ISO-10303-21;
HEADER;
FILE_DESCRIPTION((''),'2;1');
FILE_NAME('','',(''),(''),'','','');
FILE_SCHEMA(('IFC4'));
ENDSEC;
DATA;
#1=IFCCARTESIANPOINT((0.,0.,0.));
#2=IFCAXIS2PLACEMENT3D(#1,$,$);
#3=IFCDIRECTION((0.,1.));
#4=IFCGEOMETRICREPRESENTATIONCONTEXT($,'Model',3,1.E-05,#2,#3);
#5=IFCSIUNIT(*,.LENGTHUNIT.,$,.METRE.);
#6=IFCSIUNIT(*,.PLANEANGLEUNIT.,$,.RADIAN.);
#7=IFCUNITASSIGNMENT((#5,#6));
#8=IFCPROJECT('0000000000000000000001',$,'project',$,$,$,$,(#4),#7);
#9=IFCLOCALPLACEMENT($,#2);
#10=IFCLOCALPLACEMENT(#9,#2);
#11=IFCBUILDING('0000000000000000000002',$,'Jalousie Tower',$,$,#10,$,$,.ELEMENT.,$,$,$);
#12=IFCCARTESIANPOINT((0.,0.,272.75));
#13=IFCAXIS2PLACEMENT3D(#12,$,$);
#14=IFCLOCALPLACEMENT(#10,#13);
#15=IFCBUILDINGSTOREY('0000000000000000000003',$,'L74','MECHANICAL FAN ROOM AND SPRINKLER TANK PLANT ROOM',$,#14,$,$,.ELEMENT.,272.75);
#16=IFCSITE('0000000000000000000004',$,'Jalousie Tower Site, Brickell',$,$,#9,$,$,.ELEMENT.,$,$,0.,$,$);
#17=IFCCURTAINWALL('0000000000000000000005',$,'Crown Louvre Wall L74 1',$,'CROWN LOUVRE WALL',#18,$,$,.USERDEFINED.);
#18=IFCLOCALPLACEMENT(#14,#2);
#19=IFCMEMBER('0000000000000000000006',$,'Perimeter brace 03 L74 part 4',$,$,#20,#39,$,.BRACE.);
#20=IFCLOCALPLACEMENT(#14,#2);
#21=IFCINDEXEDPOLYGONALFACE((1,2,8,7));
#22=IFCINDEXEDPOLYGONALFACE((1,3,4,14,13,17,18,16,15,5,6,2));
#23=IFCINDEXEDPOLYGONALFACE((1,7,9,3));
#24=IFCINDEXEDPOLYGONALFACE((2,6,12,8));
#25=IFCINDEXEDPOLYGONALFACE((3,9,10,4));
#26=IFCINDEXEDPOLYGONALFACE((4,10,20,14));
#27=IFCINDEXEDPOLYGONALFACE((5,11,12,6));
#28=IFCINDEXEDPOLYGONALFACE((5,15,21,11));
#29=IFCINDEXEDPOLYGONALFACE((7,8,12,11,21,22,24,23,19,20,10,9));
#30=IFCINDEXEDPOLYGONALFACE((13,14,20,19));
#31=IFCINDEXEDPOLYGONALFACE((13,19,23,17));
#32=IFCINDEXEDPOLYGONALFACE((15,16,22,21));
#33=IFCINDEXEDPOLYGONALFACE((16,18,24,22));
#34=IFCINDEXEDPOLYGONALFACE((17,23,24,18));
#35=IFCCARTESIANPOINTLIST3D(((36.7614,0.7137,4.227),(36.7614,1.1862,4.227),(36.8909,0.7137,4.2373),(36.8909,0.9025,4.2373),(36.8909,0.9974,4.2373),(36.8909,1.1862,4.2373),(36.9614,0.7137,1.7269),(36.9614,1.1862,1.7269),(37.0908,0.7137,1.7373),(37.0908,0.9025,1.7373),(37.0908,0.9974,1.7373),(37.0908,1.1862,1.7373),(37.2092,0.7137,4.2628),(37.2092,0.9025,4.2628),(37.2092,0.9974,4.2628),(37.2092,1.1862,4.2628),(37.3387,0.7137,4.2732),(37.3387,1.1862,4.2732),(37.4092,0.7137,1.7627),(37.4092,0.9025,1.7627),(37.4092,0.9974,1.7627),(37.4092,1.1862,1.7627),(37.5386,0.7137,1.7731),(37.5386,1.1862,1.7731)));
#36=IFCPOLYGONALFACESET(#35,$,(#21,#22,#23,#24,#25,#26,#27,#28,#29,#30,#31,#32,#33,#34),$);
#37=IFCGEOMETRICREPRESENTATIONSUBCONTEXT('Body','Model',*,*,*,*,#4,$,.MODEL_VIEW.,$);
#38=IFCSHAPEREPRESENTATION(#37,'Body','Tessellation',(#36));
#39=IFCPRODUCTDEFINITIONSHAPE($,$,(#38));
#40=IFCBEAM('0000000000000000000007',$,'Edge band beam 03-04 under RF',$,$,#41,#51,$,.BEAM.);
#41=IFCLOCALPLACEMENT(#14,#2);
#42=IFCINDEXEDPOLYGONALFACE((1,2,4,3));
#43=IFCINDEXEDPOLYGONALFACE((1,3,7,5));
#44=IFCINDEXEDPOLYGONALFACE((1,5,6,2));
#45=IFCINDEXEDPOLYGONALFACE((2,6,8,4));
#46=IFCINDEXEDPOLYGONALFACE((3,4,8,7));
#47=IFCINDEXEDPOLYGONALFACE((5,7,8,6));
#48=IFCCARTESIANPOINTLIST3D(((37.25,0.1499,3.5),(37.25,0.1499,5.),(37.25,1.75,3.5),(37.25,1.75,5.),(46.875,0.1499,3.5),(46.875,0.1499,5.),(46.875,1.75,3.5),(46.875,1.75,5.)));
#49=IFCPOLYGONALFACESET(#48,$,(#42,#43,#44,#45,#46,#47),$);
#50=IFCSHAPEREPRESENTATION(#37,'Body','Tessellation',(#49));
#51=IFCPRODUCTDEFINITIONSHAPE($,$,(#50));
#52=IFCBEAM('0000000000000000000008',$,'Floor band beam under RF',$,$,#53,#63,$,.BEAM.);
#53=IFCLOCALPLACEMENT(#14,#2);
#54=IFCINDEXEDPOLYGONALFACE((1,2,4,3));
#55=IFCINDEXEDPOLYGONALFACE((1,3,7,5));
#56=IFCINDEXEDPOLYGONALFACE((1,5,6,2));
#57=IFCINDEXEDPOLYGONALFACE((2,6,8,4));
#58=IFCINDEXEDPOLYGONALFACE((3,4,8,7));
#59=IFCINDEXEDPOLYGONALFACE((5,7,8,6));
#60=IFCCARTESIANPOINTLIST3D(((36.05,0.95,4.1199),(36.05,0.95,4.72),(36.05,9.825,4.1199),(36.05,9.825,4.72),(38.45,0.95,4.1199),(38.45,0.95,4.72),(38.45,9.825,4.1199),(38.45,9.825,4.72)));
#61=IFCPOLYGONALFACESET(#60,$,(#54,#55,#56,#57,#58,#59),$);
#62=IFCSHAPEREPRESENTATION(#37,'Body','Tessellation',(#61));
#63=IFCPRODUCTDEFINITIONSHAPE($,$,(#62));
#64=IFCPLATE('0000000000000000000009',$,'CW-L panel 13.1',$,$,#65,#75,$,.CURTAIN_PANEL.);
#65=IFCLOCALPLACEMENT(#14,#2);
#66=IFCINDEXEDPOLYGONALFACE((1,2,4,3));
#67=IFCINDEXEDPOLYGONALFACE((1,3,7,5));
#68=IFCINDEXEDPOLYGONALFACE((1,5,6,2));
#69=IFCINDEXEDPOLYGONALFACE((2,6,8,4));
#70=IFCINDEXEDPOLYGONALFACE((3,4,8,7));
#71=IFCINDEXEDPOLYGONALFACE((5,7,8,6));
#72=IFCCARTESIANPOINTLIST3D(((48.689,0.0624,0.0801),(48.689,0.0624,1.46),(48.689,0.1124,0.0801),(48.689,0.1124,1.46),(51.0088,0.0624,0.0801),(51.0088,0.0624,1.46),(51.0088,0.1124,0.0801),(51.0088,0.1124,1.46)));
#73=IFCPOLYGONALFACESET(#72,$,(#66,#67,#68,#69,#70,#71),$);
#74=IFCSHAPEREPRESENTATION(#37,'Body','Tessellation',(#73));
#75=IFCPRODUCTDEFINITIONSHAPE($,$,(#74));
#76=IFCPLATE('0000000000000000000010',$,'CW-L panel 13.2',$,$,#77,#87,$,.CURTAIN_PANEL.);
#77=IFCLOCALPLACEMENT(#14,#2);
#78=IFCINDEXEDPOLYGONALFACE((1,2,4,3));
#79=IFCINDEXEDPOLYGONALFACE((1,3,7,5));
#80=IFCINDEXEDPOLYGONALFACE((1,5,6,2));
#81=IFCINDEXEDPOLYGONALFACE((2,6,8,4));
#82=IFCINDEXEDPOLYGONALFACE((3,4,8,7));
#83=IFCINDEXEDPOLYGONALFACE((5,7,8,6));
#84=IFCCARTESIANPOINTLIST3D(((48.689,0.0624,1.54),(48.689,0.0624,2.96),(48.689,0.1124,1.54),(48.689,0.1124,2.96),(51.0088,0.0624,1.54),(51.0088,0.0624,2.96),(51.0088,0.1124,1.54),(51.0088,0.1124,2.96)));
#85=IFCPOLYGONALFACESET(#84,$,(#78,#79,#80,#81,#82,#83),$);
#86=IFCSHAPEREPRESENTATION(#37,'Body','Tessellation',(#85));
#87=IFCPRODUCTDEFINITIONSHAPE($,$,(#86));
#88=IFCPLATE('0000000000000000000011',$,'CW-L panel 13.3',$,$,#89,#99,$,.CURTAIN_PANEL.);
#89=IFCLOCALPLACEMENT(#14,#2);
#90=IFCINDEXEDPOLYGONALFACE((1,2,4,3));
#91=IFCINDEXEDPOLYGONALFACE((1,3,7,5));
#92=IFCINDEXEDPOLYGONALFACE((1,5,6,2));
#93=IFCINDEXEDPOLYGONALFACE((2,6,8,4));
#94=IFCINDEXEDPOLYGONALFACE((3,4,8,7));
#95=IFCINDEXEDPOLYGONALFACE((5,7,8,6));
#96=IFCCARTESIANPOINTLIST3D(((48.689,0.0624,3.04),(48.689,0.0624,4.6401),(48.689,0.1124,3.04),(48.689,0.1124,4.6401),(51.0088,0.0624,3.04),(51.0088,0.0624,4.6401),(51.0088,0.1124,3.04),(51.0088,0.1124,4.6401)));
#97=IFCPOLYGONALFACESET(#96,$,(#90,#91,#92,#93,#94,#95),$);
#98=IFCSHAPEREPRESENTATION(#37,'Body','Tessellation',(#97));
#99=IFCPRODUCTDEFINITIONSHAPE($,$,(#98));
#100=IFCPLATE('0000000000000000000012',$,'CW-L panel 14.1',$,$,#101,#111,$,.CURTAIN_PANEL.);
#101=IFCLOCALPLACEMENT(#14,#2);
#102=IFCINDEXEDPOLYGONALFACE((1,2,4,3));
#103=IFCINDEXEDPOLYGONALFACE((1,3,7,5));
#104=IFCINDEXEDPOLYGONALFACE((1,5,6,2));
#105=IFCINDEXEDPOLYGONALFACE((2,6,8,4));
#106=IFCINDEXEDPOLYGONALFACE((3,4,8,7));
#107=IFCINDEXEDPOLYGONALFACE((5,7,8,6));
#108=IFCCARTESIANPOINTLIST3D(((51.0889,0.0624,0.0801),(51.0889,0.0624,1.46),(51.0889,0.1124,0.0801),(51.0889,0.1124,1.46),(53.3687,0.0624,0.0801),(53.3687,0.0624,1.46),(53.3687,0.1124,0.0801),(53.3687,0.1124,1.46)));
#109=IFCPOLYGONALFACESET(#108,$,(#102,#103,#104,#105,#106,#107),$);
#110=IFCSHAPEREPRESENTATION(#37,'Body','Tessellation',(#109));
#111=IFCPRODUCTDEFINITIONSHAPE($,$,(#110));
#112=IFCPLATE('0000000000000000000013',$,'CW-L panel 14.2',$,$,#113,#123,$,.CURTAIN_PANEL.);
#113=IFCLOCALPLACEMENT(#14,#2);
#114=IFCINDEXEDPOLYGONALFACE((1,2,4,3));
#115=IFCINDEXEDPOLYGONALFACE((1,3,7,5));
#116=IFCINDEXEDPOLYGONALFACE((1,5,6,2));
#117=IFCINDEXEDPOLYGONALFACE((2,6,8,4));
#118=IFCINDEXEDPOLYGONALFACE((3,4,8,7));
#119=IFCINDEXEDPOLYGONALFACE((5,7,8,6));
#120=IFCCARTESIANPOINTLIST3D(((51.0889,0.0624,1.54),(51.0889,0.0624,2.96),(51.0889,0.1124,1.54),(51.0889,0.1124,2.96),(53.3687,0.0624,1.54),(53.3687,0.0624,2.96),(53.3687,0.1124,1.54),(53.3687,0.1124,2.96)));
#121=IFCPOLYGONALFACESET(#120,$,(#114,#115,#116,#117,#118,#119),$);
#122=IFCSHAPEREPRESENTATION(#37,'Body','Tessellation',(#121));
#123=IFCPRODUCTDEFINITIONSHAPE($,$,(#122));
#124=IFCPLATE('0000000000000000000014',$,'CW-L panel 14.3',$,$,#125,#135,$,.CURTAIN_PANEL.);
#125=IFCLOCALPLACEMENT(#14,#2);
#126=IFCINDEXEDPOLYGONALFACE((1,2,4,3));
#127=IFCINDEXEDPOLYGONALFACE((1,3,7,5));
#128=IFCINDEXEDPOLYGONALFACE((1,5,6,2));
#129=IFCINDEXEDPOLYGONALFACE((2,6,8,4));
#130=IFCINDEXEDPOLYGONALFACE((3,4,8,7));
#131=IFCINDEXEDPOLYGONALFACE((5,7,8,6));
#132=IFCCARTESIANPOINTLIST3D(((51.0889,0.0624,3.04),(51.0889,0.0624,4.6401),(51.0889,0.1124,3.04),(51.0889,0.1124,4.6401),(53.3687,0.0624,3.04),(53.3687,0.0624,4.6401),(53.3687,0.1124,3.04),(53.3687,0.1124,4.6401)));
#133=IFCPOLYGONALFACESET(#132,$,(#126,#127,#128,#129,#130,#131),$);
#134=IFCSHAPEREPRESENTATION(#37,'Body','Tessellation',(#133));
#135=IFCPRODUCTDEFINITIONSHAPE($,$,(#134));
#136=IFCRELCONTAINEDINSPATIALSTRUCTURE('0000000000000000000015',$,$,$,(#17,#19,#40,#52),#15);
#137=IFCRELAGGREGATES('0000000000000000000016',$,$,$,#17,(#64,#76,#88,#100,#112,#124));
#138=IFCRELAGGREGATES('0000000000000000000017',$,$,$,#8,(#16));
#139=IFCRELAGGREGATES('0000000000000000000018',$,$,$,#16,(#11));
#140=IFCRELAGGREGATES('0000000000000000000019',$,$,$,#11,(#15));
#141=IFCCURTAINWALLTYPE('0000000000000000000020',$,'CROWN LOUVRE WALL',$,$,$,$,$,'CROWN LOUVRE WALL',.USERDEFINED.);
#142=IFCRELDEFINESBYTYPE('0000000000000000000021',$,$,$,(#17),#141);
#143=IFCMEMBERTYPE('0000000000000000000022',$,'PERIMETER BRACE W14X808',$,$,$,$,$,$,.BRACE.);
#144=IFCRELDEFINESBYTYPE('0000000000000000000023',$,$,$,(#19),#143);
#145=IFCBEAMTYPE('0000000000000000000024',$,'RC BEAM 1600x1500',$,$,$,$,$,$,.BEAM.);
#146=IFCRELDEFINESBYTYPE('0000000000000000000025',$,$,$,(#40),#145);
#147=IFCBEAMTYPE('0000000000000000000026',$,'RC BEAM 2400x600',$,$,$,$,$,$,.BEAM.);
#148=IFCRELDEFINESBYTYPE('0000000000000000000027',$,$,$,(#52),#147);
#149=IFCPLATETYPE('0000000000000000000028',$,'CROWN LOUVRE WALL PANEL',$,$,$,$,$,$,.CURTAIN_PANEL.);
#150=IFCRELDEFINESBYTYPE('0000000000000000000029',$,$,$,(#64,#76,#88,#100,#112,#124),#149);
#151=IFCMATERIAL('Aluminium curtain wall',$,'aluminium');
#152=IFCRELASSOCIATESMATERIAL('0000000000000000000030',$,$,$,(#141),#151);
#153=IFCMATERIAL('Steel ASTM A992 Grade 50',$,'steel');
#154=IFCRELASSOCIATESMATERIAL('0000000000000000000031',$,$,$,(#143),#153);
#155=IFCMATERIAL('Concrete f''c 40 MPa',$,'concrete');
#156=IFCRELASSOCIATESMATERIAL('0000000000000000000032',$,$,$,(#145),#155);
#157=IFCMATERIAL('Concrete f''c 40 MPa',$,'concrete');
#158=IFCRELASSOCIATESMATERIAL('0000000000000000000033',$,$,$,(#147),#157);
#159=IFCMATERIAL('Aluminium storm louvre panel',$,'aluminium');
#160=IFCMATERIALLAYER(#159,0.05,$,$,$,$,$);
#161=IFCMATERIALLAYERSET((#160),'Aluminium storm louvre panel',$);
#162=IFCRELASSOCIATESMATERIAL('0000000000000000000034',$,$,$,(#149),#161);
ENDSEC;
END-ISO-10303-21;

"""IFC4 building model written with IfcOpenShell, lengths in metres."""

from ifc_helpers import new_model, si_unit, direction, frame, origin, origin_2d, place, context, subcontext, project, spatial, rectangle, i_section, extrude, material, layer, layer_set, material_profile, profile_set, type_object, element, aggregate, save


model = new_model("IFC4")

# Units and contexts
model_context = context("Model", 3, precision=1e-05, world=origin(), true_north=direction((0.0, 1.0)))
body_context = subcontext(model_context, "Body", "Model", "MODEL_VIEW")
ifc_project = project(units=[si_unit("LENGTHUNIT", "METRE"), si_unit("PLANEANGLEUNIT", "RADIAN")], contexts=[model_context])

# Site, building, storey
site_placement = place(None, origin())
site = spatial("IfcSite", under=ifc_project, at=site_placement, Name="Jalousie Tower Site, Brickell", CompositionType="ELEMENT", RefElevation=0.0)
building_placement = place(site_placement, origin())
building = spatial("IfcBuilding", under=site, at=building_placement, Name="Jalousie Tower", CompositionType="ELEMENT")
storey_placement = place(building_placement, frame((0.0, 0.0, 272.75)))
storey = spatial("IfcBuildingStorey", under=building, at=storey_placement, Name="L74", Description="MECHANICAL FAN ROOM AND SPRINKLER TANK PLANT ROOM", CompositionType="ELEMENT", Elevation=272.75)

# Curtain wall
ifc_material_1 = material(Name="Aluminium curtain wall", Category="aluminium")
curtain_wall_type = type_object("IfcCurtainWallType", Name="CROWN LOUVRE WALL", ElementType="CROWN LOUVRE WALL", PredefinedType="USERDEFINED", material=ifc_material_1)
curtain_wall_placement = place(storey_placement, origin())
curtain_wall = element("IfcCurtainWall", 1, at=curtain_wall_placement, inside=storey, type_object=curtain_wall_type, Name="Crown Louvre Wall L74 1", ObjectType="CROWN LOUVRE WALL", PredefinedType="USERDEFINED")

# Member
ifc_material_2 = material(Name="Steel ASTM A992 Grade 50", Category="steel")
ifc_material_profile_1 = material_profile(ifc_material_2, i_section(OverallWidth=0.4724, OverallDepth=0.5791, WebThickness=0.095, FlangeThickness=0.1299, at=origin_2d()), Name="W14X808")
ifc_profile_set_1 = profile_set([ifc_material_profile_1], Name="Steel ASTM A992 Grade 50")
member_type_1 = type_object("IfcMemberType", Name="PERIMETER BRACE W14X808", PredefinedType="BRACE", material=ifc_profile_set_1)
for number, where, z_axis, x_axis, name in (
    (2, (37.25, 0.95, 1.75), (-0.079726, 0.0, 0.996817), (0.0, -1.0, 0.0), "Perimeter brace 03 L74 part 4"),
):
    element("IfcMember", number, at=place(storey_placement, frame(where, z_axis=z_axis, x_axis=x_axis)), inside=storey, type_object=member_type_1, Name=name, PredefinedType="BRACE", context=body_context, shape_type="SweptSolid", body=[
        extrude(i_section(OverallWidth=0.4724, OverallDepth=0.5791, WebThickness=0.095, FlangeThickness=0.1299, at=origin_2d()), origin(), (0.0, 0.0, 1.0), 2.5081),
    ])

# Beams
ifc_material_3 = material(Name="Concrete f'c 40 MPa", Category="concrete")
ifc_material_profile_2 = material_profile(ifc_material_3, rectangle(XDim=1.6001, YDim=1.5, at=origin_2d()), Name="RC 1600x1500")
ifc_profile_set_2 = profile_set([ifc_material_profile_2], Name="Concrete f'c 40 MPa")
beam_type_1 = type_object("IfcBeamType", Name="RC BEAM 1600x1500", PredefinedType="BEAM", material=ifc_profile_set_2)
beam_1_placement = place(storey_placement, frame((37.25, 0.95, 4.25), z_axis=(1.0, 0.0, 0.0), x_axis=(0.0, 1.0, 0.0)))
element("IfcBeam", 3, at=beam_1_placement, inside=storey, type_object=beam_type_1, Name="Edge band beam 03-04 under RF", PredefinedType="BEAM", context=body_context, shape_type="SweptSolid", body=[
    extrude(rectangle(XDim=1.6001, YDim=1.5, at=origin_2d()), origin(), (0.0, 0.0, 1.0), 9.625),
])
ifc_material_4 = material(Name="Concrete f'c 40 MPa", Category="concrete")
ifc_material_profile_3 = material_profile(ifc_material_4, rectangle(XDim=2.3999, YDim=0.6001, at=origin_2d()), Name="RC 2400x600")
ifc_profile_set_3 = profile_set([ifc_material_profile_3], Name="Concrete f'c 40 MPa")
beam_type_2 = type_object("IfcBeamType", Name="RC BEAM 2400x600", PredefinedType="BEAM", material=ifc_profile_set_3)
beam_2_placement = place(storey_placement, frame((37.25, 0.95, 4.4199), z_axis=(0.0, 1.0, 0.0), x_axis=(-1.0, 0.0, 0.0)))
element("IfcBeam", 4, at=beam_2_placement, inside=storey, type_object=beam_type_2, Name="Floor band beam under RF", PredefinedType="BEAM", context=body_context, shape_type="SweptSolid", body=[
    extrude(rectangle(XDim=2.3999, YDim=0.6001, at=origin_2d()), origin(), (0.0, 0.0, 1.0), 8.875),
])

# Plates
ifc_material_5 = material(Name="Aluminium storm louvre panel", Category="aluminium")
ifc_layer = layer(ifc_material_5, 0.05)
ifc_layer_set = layer_set([ifc_layer], Name="Aluminium storm louvre panel")
plate_type = type_object("IfcPlateType", Name="CROWN LOUVRE WALL PANEL", PredefinedType="CURTAIN_PANEL", material=ifc_layer_set)
plate_1_placement = place(storey_placement, frame((49.8489, 0.0874, 0.0801), z_axis=(0.0, 0.0, 1.0), x_axis=(1.0, 0.0, 0.0)))
plate_1 = element("IfcPlate", 5, at=plate_1_placement, type_object=plate_type, Name="CW-L panel 13.1", PredefinedType="CURTAIN_PANEL", context=body_context, shape_type="SweptSolid", body=[
    extrude(rectangle(XDim=2.3198, YDim=0.05, at=origin_2d()), origin(), (0.0, 0.0, 1.0), 1.3799),
])
plate_2_placement = place(storey_placement, frame((49.8489, 0.0874, 1.54), z_axis=(0.0, 0.0, 1.0), x_axis=(1.0, 0.0, 0.0)))
plate_2 = element("IfcPlate", 6, at=plate_2_placement, type_object=plate_type, Name="CW-L panel 13.2", PredefinedType="CURTAIN_PANEL", context=body_context, shape_type="SweptSolid", body=[
    extrude(rectangle(XDim=2.3198, YDim=0.05, at=origin_2d()), origin(), (0.0, 0.0, 1.0), 1.4199),
])
plate_3_placement = place(storey_placement, frame((49.8489, 0.0874, 3.04), z_axis=(0.0, 0.0, 1.0), x_axis=(1.0, 0.0, 0.0)))
plate_3 = element("IfcPlate", 7, at=plate_3_placement, type_object=plate_type, Name="CW-L panel 13.3", PredefinedType="CURTAIN_PANEL", context=body_context, shape_type="SweptSolid", body=[
    extrude(rectangle(XDim=2.3198, YDim=0.05, at=origin_2d()), origin(), (0.0, 0.0, 1.0), 1.6001),
])
plate_4_placement = place(storey_placement, frame((52.2288, 0.0874, 0.0801), z_axis=(0.0, 0.0, 1.0), x_axis=(1.0, 0.0, 0.0)))
plate_4 = element("IfcPlate", 8, at=plate_4_placement, type_object=plate_type, Name="CW-L panel 14.1", PredefinedType="CURTAIN_PANEL", context=body_context, shape_type="SweptSolid", body=[
    extrude(rectangle(XDim=2.2798, YDim=0.05, at=origin_2d()), origin(), (0.0, 0.0, 1.0), 1.3799),
])
plate_5_placement = place(storey_placement, frame((52.2288, 0.0874, 1.54), z_axis=(0.0, 0.0, 1.0), x_axis=(1.0, 0.0, 0.0)))
plate_5 = element("IfcPlate", 9, at=plate_5_placement, type_object=plate_type, Name="CW-L panel 14.2", PredefinedType="CURTAIN_PANEL", context=body_context, shape_type="SweptSolid", body=[
    extrude(rectangle(XDim=2.2798, YDim=0.05, at=origin_2d()), origin(), (0.0, 0.0, 1.0), 1.4199),
])
plate_6_placement = place(storey_placement, frame((52.2288, 0.0874, 3.04), z_axis=(0.0, 0.0, 1.0), x_axis=(1.0, 0.0, 0.0)))
plate_6 = element("IfcPlate", 10, at=plate_6_placement, type_object=plate_type, Name="CW-L panel 14.3", PredefinedType="CURTAIN_PANEL", context=body_context, shape_type="SweptSolid", body=[
    extrude(rectangle(XDim=2.2798, YDim=0.05, at=origin_2d()), origin(), (0.0, 0.0, 1.0), 1.6001),
])
aggregate(curtain_wall, [plate_1, plate_2, plate_3, plate_4, plate_5, plate_6])

save(model, "model.ifc")
